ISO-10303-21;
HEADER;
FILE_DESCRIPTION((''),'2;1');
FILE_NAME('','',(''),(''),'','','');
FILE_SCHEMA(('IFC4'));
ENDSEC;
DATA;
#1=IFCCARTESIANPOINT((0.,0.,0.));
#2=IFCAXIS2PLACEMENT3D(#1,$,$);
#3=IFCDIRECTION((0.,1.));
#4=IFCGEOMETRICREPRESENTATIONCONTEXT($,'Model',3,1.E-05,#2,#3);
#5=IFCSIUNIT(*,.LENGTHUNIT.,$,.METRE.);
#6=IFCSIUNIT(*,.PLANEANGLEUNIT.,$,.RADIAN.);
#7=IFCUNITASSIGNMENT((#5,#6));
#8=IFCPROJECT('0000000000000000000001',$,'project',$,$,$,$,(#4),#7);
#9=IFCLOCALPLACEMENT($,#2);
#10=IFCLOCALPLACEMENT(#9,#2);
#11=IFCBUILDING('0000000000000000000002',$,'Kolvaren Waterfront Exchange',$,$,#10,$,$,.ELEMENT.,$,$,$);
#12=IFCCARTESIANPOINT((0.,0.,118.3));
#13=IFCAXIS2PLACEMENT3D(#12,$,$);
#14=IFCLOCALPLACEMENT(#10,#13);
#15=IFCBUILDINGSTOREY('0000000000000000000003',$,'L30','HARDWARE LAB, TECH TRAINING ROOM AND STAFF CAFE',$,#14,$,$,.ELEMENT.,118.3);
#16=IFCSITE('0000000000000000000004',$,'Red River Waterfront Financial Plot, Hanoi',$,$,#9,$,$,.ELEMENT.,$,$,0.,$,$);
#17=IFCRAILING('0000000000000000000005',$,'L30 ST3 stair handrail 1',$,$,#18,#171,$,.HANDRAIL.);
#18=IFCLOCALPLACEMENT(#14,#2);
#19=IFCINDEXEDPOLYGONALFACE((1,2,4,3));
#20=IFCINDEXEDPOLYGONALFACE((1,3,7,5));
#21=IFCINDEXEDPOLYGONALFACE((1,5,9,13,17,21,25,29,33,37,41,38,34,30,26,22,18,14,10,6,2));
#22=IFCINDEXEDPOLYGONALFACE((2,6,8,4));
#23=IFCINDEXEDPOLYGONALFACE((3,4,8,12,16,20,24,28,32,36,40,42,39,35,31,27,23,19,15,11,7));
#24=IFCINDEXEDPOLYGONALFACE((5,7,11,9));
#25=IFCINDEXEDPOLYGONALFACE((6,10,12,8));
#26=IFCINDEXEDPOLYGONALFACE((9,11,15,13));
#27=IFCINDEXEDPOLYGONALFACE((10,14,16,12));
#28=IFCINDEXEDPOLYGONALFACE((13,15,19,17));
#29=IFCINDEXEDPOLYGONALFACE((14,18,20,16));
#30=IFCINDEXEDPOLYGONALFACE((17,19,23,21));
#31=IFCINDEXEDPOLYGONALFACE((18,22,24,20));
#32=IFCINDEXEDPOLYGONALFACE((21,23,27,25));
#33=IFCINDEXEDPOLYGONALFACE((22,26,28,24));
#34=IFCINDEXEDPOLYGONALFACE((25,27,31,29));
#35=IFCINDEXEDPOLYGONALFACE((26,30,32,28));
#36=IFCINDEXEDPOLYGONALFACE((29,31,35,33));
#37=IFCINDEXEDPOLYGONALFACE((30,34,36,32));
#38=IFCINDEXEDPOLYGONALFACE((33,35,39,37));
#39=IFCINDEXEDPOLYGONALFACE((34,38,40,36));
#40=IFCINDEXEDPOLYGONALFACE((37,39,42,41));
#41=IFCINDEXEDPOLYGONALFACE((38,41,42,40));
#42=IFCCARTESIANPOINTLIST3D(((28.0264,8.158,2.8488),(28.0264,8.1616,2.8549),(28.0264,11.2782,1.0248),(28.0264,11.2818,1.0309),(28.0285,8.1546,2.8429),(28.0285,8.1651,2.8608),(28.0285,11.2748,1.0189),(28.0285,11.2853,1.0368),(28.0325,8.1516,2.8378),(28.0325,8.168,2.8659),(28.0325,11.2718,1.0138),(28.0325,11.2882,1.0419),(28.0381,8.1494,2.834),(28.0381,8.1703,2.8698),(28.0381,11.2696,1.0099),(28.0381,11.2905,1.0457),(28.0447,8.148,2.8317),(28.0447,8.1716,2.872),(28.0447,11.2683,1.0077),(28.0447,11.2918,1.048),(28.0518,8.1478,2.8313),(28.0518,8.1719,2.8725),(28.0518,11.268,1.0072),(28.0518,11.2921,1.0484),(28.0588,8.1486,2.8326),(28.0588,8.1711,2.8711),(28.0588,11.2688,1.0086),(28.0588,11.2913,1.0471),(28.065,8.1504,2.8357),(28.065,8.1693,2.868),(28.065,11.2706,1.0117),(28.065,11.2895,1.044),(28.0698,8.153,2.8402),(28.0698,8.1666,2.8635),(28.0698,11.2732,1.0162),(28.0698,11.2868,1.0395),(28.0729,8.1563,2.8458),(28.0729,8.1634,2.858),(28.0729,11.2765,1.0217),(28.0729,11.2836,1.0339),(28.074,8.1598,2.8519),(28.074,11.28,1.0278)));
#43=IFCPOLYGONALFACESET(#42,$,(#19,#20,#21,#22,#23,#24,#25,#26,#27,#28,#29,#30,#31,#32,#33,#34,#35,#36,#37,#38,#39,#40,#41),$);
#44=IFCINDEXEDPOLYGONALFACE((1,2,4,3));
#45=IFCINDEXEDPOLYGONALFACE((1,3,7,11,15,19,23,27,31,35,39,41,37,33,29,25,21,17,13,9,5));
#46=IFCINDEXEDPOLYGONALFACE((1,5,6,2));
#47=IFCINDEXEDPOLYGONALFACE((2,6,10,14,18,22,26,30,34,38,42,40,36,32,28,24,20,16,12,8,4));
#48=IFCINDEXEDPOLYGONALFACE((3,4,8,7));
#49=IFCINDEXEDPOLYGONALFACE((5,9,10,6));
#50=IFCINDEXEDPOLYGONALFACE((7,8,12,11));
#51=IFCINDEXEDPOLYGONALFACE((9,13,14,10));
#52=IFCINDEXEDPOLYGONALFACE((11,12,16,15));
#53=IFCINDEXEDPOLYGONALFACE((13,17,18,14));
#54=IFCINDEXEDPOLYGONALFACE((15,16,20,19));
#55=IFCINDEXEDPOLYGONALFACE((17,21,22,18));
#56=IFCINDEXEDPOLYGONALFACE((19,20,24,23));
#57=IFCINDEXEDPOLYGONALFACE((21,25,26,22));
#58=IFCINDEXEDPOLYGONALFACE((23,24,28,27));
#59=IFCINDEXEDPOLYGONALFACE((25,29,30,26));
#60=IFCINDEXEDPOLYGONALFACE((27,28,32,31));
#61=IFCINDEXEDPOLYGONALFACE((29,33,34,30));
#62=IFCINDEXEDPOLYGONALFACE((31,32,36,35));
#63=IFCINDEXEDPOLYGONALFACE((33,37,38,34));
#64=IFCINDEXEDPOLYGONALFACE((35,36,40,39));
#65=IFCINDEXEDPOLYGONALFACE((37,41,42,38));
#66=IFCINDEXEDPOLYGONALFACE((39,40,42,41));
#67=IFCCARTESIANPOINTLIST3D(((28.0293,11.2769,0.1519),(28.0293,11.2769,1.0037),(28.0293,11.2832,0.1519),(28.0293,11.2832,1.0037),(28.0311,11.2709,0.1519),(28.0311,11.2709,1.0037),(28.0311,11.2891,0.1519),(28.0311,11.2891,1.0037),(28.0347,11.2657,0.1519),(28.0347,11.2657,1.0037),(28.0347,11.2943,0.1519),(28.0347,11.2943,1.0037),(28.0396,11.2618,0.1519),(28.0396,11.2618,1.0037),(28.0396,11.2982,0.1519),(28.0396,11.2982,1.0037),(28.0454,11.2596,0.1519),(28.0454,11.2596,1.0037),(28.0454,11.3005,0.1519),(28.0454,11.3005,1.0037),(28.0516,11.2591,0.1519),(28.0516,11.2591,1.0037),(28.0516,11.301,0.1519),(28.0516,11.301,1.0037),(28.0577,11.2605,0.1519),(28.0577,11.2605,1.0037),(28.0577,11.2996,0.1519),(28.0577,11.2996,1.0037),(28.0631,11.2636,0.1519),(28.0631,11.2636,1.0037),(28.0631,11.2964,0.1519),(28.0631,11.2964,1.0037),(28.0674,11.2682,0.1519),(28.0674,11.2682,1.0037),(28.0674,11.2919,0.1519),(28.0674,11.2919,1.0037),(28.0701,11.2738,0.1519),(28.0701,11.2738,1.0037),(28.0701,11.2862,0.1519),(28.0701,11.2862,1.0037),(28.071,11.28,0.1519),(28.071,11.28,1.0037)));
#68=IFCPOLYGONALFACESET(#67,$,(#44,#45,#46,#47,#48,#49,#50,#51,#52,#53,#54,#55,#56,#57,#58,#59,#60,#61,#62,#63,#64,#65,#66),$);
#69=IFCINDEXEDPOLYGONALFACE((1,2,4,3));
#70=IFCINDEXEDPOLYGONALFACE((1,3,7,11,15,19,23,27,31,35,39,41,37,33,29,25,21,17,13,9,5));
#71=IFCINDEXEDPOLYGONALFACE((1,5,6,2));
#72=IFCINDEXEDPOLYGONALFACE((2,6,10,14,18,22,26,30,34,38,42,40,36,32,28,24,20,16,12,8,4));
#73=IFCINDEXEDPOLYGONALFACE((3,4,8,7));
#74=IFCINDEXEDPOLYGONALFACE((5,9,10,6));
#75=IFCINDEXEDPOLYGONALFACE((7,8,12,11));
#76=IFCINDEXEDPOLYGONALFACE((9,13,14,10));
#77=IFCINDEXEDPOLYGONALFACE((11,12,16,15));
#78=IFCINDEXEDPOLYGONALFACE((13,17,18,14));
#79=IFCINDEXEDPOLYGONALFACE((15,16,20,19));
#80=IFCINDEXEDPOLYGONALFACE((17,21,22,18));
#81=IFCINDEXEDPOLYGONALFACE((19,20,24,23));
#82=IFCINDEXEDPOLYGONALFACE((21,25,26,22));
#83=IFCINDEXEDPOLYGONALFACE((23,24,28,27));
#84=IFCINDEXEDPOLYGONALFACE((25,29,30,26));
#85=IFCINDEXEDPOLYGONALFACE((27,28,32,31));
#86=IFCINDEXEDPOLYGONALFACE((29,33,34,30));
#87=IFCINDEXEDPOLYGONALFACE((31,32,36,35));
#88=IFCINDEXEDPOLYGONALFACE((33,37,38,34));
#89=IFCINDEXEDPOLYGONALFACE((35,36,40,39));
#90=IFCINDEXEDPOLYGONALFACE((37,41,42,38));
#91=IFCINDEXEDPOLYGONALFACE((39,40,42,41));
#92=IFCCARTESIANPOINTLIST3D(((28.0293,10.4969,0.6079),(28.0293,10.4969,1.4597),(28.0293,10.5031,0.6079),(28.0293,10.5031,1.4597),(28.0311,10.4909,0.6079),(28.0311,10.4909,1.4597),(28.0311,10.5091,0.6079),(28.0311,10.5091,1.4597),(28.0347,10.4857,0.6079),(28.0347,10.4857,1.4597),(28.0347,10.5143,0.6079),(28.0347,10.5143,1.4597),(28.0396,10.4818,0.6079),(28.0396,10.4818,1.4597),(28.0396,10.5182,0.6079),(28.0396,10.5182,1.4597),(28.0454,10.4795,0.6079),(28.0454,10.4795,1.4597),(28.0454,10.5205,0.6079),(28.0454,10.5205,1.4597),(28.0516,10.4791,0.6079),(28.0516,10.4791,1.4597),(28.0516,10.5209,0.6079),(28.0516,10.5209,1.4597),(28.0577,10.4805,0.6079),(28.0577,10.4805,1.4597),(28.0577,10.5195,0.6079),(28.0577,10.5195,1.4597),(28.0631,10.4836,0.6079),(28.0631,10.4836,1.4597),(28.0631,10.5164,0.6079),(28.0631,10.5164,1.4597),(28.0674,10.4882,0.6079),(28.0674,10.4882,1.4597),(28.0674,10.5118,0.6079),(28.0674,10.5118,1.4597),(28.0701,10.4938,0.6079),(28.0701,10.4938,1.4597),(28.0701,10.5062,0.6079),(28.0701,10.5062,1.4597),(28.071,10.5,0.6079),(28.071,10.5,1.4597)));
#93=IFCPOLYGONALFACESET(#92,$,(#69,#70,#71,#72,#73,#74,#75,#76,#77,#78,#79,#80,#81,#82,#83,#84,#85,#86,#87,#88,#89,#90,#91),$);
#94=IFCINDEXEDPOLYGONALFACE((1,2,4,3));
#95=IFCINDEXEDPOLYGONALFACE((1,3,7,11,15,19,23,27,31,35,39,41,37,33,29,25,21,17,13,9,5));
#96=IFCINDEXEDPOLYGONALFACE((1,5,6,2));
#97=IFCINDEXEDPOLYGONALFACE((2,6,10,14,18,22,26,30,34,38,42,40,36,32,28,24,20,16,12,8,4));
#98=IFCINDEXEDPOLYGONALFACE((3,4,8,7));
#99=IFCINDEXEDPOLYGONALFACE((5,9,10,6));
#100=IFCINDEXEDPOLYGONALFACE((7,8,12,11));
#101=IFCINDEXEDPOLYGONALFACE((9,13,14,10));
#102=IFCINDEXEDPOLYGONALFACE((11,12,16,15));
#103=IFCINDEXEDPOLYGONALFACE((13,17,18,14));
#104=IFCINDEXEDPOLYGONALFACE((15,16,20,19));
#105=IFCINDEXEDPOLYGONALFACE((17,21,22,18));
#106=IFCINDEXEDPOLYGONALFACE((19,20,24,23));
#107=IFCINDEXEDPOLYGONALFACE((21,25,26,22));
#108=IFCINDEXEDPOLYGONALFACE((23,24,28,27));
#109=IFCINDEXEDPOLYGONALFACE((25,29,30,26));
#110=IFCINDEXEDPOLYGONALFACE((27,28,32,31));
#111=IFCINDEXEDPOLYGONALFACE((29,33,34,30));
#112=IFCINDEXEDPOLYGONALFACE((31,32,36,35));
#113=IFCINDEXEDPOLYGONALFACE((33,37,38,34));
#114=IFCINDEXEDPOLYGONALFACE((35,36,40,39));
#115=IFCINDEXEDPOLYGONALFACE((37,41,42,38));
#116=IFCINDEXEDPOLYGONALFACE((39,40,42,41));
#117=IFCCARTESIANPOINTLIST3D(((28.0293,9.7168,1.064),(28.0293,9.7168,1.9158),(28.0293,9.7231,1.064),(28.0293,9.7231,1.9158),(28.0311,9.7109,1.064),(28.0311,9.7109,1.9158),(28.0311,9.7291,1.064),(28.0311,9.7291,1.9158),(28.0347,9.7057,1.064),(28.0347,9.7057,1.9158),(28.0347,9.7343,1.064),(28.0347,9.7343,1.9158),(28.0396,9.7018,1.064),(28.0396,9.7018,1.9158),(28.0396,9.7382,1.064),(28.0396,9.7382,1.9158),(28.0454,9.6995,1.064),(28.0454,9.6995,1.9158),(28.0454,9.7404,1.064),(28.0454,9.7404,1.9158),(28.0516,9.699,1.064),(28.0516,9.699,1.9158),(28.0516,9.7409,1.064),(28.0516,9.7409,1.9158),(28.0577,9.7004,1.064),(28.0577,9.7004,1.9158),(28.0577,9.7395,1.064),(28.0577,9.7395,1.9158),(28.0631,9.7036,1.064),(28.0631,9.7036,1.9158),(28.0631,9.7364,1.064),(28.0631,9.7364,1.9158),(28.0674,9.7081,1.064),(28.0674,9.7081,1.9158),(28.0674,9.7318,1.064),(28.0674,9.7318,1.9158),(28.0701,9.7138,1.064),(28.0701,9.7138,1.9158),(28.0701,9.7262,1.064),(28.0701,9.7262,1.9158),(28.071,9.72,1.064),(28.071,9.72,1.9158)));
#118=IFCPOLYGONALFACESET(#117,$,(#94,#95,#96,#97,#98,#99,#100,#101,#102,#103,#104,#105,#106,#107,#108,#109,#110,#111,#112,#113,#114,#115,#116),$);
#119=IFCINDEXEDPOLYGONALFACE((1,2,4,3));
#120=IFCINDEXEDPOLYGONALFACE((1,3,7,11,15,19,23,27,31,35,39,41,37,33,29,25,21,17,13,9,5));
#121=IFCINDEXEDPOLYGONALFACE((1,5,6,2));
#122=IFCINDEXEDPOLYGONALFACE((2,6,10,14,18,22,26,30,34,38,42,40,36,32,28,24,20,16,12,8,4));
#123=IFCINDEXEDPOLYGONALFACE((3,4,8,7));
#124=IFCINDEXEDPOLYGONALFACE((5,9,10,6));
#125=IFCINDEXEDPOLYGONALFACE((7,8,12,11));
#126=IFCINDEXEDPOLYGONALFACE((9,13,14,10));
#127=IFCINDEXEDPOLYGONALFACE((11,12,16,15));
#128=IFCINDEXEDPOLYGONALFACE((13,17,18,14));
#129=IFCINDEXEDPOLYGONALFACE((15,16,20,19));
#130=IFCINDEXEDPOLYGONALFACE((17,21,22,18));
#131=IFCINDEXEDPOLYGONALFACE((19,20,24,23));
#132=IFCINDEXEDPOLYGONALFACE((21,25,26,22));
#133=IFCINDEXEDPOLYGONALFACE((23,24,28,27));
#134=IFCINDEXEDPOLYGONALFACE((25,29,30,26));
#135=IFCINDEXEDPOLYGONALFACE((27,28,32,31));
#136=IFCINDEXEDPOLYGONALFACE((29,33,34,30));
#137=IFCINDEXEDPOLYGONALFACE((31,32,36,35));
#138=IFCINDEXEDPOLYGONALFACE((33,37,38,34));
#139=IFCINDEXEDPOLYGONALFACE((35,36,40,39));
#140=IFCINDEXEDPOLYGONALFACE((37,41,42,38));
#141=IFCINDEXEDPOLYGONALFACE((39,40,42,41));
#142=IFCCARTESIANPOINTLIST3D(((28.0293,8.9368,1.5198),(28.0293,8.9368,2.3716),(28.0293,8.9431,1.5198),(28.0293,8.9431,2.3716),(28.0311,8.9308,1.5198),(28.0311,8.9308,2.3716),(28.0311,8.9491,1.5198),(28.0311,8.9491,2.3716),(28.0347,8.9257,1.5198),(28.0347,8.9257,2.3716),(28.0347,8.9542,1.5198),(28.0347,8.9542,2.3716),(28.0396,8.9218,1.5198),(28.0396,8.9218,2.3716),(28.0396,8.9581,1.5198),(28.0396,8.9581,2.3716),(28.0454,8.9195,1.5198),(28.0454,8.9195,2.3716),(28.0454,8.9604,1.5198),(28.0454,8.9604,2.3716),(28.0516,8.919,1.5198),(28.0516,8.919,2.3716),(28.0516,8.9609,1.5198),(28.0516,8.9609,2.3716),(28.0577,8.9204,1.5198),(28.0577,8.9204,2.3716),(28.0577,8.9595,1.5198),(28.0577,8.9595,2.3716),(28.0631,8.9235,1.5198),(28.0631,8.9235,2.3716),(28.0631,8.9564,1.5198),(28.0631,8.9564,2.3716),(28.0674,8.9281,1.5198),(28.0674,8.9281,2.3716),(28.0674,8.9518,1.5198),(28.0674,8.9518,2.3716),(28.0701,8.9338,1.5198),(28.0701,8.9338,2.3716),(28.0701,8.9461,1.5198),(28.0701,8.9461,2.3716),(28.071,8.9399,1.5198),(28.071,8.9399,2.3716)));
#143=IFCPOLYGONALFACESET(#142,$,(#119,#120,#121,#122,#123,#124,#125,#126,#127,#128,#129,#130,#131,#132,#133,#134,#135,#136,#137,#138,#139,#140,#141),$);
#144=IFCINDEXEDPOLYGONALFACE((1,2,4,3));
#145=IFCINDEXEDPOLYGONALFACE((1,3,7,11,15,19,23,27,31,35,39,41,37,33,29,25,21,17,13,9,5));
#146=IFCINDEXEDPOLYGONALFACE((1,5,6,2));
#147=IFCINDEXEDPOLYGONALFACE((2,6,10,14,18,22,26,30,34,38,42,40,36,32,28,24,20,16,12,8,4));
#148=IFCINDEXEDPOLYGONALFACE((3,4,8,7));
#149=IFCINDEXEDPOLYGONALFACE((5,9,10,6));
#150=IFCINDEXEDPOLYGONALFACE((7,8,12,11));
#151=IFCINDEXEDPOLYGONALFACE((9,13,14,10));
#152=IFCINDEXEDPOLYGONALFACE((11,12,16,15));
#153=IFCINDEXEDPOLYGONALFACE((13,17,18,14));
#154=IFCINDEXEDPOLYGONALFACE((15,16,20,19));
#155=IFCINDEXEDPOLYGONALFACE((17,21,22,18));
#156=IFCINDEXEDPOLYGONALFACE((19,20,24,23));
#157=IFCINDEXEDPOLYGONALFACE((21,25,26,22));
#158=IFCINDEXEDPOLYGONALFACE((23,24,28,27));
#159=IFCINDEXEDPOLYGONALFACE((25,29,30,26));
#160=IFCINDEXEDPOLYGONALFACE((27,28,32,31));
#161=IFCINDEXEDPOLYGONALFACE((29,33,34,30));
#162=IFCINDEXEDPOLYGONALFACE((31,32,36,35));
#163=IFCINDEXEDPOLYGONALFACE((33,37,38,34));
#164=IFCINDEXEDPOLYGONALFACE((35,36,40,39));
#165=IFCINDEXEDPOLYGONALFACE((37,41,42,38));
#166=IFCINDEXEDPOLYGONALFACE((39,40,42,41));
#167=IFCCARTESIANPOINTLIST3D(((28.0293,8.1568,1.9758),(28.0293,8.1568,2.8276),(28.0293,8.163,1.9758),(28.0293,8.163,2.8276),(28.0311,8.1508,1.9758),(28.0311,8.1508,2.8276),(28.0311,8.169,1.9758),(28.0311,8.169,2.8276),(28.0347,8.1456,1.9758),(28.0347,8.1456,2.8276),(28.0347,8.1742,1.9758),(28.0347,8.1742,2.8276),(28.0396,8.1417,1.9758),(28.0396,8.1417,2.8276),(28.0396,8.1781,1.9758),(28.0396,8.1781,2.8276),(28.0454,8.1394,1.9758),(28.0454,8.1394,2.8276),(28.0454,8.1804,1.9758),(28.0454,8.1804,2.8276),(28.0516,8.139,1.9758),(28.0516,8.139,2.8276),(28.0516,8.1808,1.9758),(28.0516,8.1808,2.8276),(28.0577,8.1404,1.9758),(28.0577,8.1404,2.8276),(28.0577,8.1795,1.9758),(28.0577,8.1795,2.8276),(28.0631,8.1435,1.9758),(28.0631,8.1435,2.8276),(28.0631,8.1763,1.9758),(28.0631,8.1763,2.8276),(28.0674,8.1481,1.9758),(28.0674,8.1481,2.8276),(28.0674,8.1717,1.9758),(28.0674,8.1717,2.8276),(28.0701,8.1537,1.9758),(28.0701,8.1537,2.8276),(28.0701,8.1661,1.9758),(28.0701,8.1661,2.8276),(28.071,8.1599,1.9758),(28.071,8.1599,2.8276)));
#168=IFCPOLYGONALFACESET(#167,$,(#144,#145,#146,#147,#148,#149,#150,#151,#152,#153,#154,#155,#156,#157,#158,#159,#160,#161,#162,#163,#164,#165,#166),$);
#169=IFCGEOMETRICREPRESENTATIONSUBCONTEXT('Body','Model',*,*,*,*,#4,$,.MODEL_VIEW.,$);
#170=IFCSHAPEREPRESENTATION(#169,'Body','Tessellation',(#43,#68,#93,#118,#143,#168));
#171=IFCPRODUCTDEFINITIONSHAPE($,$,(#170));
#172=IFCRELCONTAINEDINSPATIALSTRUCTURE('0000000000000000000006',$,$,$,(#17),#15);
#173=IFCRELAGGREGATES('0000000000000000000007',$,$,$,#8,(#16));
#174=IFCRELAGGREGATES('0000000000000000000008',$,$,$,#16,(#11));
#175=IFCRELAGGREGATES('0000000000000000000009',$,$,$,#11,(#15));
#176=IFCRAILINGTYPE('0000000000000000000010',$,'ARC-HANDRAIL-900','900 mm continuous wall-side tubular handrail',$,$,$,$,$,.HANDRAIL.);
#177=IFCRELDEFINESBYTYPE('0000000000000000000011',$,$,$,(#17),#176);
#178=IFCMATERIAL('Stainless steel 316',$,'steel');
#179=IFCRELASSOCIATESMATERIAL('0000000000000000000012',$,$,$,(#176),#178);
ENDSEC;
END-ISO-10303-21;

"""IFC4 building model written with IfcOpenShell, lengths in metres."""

from ifc_helpers import new_model, si_unit, direction, frame, origin, origin_2d, place, context, subcontext, project, spatial, circle, extrude, material, type_object, element, save


model = new_model("IFC4")

# Units and contexts
model_context = context("Model", 3, precision=1e-05, world=origin(), true_north=direction((0.0, 1.0)))
body_context = subcontext(model_context, "Body", "Model", "MODEL_VIEW")
ifc_project = project(units=[si_unit("LENGTHUNIT", "METRE"), si_unit("PLANEANGLEUNIT", "RADIAN")], contexts=[model_context])

# Site, building, storey
site_placement = place(None, origin())
site = spatial("IfcSite", under=ifc_project, at=site_placement, Name="Red River Waterfront Financial Plot, Hanoi", CompositionType="ELEMENT", RefElevation=0.0)
building_placement = place(site_placement, origin())
building = spatial("IfcBuilding", under=site, at=building_placement, Name="Kolvaren Waterfront Exchange", CompositionType="ELEMENT")
storey_placement = place(building_placement, frame((0.0, 0.0, 118.3)))
storey = spatial("IfcBuildingStorey", under=building, at=storey_placement, Name="L30", Description="HARDWARE LAB, TECH TRAINING ROOM AND STAFF CAFE", CompositionType="ELEMENT", Elevation=118.3)

# Railing
ifc_material_1 = material(Name="Stainless steel 316", Category="steel")
railing_type_1 = type_object("IfcRailingType", Name="ARC-HANDRAIL-900", Description="900 mm continuous wall-side tubular handrail", PredefinedType="HANDRAIL", material=ifc_material_1)
railing_1_placement = place(storey_placement, frame((28.05, 11.28, 0.1519)))
element("IfcRailing", 1, at=railing_1_placement, inside=storey, type_object=railing_type_1, Name="L30 ST3 stair handrail 1", PredefinedType="HANDRAIL", context=body_context, shape_type="SweptSolid", body=[
    extrude(circle(Radius=0.0239, at=origin_2d()), frame((0.0, 0.0, 0.876), z_axis=(0.0, -0.863308, 0.504677), x_axis=(1.0, 0.0, 0.0)), (0.0, 0.0, 1.0), 3.6143),
    extrude(circle(Radius=0.021, at=origin_2d()), origin(), (0.0, 0.0, 1.0), 0.8518),
    extrude(circle(Radius=0.021, at=origin_2d()), frame((0.0, -0.78, 0.4561)), (0.0, 0.0, 1.0), 0.8518),
    extrude(circle(Radius=0.021, at=origin_2d()), frame((0.0, -1.5601, 0.9121)), (0.0, 0.0, 1.0), 0.8518),
    extrude(circle(Radius=0.021, at=origin_2d()), frame((0.0, -2.3401, 1.3679)), (0.0, 0.0, 1.0), 0.8518),
    extrude(circle(Radius=0.021, at=origin_2d()), frame((0.0, -3.1201, 1.824)), (0.0, 0.0, 1.0), 0.8518),
])

save(model, "model.ifc")
